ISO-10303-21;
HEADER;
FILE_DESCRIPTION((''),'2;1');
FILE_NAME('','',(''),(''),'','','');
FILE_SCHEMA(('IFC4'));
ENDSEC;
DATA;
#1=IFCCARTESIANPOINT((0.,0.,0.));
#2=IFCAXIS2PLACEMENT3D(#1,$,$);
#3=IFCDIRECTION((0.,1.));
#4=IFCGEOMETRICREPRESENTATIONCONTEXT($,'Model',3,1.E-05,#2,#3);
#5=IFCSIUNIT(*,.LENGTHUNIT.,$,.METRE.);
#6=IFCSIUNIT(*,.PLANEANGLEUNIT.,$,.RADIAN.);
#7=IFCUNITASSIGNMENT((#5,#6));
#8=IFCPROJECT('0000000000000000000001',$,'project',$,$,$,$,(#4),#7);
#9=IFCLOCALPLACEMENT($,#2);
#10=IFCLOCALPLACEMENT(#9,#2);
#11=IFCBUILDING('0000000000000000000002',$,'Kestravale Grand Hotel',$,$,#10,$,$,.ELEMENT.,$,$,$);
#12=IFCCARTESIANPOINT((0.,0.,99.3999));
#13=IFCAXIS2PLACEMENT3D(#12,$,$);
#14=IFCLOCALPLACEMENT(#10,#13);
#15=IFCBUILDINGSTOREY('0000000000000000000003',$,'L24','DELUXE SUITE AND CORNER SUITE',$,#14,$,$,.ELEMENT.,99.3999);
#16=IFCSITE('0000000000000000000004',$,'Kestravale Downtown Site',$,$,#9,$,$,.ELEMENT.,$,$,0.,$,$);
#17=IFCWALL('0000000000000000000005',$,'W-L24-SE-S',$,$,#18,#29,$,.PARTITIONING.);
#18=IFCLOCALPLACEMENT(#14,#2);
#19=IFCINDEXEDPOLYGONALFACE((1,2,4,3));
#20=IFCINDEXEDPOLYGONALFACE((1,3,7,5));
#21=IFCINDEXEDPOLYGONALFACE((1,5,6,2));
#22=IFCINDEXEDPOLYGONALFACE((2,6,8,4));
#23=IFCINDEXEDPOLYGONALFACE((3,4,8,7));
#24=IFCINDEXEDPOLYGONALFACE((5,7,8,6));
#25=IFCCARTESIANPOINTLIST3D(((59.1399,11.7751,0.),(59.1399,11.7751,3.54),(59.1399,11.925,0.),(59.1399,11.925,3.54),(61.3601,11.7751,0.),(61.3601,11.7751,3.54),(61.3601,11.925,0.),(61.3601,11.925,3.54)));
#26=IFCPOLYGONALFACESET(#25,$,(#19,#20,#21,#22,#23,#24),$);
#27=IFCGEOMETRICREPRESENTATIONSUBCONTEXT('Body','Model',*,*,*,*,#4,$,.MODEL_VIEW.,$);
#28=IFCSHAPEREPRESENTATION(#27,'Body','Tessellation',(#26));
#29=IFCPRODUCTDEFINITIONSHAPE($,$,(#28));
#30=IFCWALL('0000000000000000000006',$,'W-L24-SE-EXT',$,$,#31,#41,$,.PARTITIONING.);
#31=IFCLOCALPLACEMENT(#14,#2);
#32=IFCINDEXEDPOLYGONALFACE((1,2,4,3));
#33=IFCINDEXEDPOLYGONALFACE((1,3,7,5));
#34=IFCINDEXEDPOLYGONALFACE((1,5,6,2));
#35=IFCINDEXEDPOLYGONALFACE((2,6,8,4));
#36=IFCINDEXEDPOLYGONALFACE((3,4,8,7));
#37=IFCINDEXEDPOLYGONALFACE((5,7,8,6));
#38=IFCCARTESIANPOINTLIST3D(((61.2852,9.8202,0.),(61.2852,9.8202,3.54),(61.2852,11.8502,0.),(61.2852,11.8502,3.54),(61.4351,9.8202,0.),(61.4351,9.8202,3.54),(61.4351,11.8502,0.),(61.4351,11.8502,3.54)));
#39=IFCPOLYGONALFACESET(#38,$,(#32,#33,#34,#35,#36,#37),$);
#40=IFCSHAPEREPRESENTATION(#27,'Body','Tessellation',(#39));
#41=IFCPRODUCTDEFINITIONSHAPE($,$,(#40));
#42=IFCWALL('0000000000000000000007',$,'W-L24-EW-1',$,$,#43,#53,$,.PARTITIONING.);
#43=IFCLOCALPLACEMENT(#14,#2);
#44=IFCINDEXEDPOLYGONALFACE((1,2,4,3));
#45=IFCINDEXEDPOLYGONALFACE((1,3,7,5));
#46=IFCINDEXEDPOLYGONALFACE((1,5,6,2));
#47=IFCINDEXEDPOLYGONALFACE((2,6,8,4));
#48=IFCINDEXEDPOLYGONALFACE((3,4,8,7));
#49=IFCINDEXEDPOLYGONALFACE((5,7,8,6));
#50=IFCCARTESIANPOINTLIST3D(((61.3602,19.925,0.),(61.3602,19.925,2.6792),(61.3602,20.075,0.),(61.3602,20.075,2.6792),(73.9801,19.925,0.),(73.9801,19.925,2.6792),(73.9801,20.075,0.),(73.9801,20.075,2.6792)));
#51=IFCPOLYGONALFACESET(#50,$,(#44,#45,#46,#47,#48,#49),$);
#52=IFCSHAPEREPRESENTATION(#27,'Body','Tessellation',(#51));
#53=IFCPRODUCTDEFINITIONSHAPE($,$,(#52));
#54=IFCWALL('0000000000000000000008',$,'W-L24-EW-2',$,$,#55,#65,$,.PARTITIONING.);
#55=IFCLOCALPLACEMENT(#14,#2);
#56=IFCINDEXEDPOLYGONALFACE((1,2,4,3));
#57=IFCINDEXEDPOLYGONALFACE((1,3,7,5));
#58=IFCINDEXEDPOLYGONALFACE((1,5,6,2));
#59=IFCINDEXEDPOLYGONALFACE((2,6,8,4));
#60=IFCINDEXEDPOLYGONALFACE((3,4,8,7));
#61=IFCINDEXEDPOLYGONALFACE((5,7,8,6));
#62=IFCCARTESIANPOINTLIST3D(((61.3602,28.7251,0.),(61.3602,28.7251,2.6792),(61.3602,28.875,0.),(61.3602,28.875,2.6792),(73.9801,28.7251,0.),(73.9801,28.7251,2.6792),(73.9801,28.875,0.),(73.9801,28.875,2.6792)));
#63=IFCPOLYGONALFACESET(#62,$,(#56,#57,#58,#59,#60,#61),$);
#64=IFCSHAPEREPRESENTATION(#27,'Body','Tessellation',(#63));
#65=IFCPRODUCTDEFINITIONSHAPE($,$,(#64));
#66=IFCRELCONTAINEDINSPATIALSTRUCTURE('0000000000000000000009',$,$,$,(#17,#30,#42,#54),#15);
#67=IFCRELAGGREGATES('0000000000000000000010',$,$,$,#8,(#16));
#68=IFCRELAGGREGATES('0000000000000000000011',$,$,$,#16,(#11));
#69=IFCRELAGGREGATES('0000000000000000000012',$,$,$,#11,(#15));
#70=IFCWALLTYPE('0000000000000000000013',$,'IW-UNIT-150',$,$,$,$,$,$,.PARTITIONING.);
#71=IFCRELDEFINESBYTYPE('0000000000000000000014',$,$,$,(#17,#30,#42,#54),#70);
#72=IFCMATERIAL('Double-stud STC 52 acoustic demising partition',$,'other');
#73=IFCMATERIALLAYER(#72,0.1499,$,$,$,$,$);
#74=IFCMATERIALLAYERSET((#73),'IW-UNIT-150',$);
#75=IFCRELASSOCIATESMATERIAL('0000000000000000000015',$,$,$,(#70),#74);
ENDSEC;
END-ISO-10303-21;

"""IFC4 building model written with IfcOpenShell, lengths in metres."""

from ifc_helpers import new_model, si_unit, direction, frame, frame_2d, origin, place, context, subcontext, project, spatial, rectangle, extrude, material, layer, layer_set, type_object, element, save


model = new_model("IFC4")

# Units and contexts
model_context = context("Model", 3, precision=1e-05, world=origin(), true_north=direction((0.0, 1.0)))
body_context = subcontext(model_context, "Body", "Model", "MODEL_VIEW")
ifc_project = project(units=[si_unit("LENGTHUNIT", "METRE"), si_unit("PLANEANGLEUNIT", "RADIAN")], contexts=[model_context])

# Site, building, storey
site_placement = place(None, origin())
site = spatial("IfcSite", under=ifc_project, at=site_placement, Name="Kestravale Downtown Site", CompositionType="ELEMENT", RefElevation=0.0)
building_placement = place(site_placement, origin())
building = spatial("IfcBuilding", under=site, at=building_placement, Name="Kestravale Grand Hotel", CompositionType="ELEMENT")
storey_placement = place(building_placement, frame((0.0, 0.0, 99.3999)))
storey = spatial("IfcBuildingStorey", under=building, at=storey_placement, Name="L24", Description="DELUXE SUITE AND CORNER SUITE", CompositionType="ELEMENT", Elevation=99.3999)

# Walls
ifc_material_1 = material(Name="Double-stud STC 52 acoustic demising partition", Category="other")
ifc_layer_1 = layer(ifc_material_1, 0.1499)
ifc_layer_set_1 = layer_set([ifc_layer_1], Name="IW-UNIT-150")
wall_type_1 = type_object("IfcWallType", Name="IW-UNIT-150", PredefinedType="PARTITIONING", material=ifc_layer_set_1)
wall_1_placement = place(storey_placement, frame((59.1399, 11.8501, 0.0), z_axis=(0.0, 0.0, 1.0), x_axis=(1.0, 0.0, 0.0)))
element("IfcWall", 1, at=wall_1_placement, inside=storey, type_object=wall_type_1, Name="W-L24-SE-S", PredefinedType="PARTITIONING", context=body_context, shape_type="SweptSolid", body=[
    extrude(rectangle(XDim=2.2202, YDim=0.1499, at=frame_2d((1.1101, 0.0))), origin(), (0.0, 0.0, 1.0), 3.54),
])
wall_2_placement = place(storey_placement, frame((61.3601, 9.8201, 0.0), z_axis=(0.0, 0.0, 1.0), x_axis=(0.0, 1.0, 0.0)))
element("IfcWall", 2, at=wall_2_placement, inside=storey, type_object=wall_type_1, Name="W-L24-SE-EXT", PredefinedType="PARTITIONING", context=body_context, shape_type="SweptSolid", body=[
    extrude(rectangle(XDim=2.03, YDim=0.1499, at=frame_2d((1.0151, 0.0))), origin(), (0.0, 0.0, 1.0), 3.54),
])
for number, where, z_axis, x_axis, name in (
    (3, (61.3601, 20.0, 0.0), (0.0, 0.0, 1.0), (1.0, 0.0, 0.0), "W-L24-EW-1"),
    (4, (61.3601, 28.8, 0.0), (0.0, 0.0, 1.0), (1.0, 0.0, 0.0), "W-L24-EW-2"),
):
    element("IfcWall", number, at=place(storey_placement, frame(where, z_axis=z_axis, x_axis=x_axis)), inside=storey, type_object=wall_type_1, Name=name, PredefinedType="PARTITIONING", context=body_context, shape_type="SweptSolid", body=[
        extrude(rectangle(XDim=12.6199, YDim=0.1499, at=frame_2d((6.3101, 0.0))), origin(), (0.0, 0.0, 1.0), 2.6792),
    ])

save(model, "model.ifc")
